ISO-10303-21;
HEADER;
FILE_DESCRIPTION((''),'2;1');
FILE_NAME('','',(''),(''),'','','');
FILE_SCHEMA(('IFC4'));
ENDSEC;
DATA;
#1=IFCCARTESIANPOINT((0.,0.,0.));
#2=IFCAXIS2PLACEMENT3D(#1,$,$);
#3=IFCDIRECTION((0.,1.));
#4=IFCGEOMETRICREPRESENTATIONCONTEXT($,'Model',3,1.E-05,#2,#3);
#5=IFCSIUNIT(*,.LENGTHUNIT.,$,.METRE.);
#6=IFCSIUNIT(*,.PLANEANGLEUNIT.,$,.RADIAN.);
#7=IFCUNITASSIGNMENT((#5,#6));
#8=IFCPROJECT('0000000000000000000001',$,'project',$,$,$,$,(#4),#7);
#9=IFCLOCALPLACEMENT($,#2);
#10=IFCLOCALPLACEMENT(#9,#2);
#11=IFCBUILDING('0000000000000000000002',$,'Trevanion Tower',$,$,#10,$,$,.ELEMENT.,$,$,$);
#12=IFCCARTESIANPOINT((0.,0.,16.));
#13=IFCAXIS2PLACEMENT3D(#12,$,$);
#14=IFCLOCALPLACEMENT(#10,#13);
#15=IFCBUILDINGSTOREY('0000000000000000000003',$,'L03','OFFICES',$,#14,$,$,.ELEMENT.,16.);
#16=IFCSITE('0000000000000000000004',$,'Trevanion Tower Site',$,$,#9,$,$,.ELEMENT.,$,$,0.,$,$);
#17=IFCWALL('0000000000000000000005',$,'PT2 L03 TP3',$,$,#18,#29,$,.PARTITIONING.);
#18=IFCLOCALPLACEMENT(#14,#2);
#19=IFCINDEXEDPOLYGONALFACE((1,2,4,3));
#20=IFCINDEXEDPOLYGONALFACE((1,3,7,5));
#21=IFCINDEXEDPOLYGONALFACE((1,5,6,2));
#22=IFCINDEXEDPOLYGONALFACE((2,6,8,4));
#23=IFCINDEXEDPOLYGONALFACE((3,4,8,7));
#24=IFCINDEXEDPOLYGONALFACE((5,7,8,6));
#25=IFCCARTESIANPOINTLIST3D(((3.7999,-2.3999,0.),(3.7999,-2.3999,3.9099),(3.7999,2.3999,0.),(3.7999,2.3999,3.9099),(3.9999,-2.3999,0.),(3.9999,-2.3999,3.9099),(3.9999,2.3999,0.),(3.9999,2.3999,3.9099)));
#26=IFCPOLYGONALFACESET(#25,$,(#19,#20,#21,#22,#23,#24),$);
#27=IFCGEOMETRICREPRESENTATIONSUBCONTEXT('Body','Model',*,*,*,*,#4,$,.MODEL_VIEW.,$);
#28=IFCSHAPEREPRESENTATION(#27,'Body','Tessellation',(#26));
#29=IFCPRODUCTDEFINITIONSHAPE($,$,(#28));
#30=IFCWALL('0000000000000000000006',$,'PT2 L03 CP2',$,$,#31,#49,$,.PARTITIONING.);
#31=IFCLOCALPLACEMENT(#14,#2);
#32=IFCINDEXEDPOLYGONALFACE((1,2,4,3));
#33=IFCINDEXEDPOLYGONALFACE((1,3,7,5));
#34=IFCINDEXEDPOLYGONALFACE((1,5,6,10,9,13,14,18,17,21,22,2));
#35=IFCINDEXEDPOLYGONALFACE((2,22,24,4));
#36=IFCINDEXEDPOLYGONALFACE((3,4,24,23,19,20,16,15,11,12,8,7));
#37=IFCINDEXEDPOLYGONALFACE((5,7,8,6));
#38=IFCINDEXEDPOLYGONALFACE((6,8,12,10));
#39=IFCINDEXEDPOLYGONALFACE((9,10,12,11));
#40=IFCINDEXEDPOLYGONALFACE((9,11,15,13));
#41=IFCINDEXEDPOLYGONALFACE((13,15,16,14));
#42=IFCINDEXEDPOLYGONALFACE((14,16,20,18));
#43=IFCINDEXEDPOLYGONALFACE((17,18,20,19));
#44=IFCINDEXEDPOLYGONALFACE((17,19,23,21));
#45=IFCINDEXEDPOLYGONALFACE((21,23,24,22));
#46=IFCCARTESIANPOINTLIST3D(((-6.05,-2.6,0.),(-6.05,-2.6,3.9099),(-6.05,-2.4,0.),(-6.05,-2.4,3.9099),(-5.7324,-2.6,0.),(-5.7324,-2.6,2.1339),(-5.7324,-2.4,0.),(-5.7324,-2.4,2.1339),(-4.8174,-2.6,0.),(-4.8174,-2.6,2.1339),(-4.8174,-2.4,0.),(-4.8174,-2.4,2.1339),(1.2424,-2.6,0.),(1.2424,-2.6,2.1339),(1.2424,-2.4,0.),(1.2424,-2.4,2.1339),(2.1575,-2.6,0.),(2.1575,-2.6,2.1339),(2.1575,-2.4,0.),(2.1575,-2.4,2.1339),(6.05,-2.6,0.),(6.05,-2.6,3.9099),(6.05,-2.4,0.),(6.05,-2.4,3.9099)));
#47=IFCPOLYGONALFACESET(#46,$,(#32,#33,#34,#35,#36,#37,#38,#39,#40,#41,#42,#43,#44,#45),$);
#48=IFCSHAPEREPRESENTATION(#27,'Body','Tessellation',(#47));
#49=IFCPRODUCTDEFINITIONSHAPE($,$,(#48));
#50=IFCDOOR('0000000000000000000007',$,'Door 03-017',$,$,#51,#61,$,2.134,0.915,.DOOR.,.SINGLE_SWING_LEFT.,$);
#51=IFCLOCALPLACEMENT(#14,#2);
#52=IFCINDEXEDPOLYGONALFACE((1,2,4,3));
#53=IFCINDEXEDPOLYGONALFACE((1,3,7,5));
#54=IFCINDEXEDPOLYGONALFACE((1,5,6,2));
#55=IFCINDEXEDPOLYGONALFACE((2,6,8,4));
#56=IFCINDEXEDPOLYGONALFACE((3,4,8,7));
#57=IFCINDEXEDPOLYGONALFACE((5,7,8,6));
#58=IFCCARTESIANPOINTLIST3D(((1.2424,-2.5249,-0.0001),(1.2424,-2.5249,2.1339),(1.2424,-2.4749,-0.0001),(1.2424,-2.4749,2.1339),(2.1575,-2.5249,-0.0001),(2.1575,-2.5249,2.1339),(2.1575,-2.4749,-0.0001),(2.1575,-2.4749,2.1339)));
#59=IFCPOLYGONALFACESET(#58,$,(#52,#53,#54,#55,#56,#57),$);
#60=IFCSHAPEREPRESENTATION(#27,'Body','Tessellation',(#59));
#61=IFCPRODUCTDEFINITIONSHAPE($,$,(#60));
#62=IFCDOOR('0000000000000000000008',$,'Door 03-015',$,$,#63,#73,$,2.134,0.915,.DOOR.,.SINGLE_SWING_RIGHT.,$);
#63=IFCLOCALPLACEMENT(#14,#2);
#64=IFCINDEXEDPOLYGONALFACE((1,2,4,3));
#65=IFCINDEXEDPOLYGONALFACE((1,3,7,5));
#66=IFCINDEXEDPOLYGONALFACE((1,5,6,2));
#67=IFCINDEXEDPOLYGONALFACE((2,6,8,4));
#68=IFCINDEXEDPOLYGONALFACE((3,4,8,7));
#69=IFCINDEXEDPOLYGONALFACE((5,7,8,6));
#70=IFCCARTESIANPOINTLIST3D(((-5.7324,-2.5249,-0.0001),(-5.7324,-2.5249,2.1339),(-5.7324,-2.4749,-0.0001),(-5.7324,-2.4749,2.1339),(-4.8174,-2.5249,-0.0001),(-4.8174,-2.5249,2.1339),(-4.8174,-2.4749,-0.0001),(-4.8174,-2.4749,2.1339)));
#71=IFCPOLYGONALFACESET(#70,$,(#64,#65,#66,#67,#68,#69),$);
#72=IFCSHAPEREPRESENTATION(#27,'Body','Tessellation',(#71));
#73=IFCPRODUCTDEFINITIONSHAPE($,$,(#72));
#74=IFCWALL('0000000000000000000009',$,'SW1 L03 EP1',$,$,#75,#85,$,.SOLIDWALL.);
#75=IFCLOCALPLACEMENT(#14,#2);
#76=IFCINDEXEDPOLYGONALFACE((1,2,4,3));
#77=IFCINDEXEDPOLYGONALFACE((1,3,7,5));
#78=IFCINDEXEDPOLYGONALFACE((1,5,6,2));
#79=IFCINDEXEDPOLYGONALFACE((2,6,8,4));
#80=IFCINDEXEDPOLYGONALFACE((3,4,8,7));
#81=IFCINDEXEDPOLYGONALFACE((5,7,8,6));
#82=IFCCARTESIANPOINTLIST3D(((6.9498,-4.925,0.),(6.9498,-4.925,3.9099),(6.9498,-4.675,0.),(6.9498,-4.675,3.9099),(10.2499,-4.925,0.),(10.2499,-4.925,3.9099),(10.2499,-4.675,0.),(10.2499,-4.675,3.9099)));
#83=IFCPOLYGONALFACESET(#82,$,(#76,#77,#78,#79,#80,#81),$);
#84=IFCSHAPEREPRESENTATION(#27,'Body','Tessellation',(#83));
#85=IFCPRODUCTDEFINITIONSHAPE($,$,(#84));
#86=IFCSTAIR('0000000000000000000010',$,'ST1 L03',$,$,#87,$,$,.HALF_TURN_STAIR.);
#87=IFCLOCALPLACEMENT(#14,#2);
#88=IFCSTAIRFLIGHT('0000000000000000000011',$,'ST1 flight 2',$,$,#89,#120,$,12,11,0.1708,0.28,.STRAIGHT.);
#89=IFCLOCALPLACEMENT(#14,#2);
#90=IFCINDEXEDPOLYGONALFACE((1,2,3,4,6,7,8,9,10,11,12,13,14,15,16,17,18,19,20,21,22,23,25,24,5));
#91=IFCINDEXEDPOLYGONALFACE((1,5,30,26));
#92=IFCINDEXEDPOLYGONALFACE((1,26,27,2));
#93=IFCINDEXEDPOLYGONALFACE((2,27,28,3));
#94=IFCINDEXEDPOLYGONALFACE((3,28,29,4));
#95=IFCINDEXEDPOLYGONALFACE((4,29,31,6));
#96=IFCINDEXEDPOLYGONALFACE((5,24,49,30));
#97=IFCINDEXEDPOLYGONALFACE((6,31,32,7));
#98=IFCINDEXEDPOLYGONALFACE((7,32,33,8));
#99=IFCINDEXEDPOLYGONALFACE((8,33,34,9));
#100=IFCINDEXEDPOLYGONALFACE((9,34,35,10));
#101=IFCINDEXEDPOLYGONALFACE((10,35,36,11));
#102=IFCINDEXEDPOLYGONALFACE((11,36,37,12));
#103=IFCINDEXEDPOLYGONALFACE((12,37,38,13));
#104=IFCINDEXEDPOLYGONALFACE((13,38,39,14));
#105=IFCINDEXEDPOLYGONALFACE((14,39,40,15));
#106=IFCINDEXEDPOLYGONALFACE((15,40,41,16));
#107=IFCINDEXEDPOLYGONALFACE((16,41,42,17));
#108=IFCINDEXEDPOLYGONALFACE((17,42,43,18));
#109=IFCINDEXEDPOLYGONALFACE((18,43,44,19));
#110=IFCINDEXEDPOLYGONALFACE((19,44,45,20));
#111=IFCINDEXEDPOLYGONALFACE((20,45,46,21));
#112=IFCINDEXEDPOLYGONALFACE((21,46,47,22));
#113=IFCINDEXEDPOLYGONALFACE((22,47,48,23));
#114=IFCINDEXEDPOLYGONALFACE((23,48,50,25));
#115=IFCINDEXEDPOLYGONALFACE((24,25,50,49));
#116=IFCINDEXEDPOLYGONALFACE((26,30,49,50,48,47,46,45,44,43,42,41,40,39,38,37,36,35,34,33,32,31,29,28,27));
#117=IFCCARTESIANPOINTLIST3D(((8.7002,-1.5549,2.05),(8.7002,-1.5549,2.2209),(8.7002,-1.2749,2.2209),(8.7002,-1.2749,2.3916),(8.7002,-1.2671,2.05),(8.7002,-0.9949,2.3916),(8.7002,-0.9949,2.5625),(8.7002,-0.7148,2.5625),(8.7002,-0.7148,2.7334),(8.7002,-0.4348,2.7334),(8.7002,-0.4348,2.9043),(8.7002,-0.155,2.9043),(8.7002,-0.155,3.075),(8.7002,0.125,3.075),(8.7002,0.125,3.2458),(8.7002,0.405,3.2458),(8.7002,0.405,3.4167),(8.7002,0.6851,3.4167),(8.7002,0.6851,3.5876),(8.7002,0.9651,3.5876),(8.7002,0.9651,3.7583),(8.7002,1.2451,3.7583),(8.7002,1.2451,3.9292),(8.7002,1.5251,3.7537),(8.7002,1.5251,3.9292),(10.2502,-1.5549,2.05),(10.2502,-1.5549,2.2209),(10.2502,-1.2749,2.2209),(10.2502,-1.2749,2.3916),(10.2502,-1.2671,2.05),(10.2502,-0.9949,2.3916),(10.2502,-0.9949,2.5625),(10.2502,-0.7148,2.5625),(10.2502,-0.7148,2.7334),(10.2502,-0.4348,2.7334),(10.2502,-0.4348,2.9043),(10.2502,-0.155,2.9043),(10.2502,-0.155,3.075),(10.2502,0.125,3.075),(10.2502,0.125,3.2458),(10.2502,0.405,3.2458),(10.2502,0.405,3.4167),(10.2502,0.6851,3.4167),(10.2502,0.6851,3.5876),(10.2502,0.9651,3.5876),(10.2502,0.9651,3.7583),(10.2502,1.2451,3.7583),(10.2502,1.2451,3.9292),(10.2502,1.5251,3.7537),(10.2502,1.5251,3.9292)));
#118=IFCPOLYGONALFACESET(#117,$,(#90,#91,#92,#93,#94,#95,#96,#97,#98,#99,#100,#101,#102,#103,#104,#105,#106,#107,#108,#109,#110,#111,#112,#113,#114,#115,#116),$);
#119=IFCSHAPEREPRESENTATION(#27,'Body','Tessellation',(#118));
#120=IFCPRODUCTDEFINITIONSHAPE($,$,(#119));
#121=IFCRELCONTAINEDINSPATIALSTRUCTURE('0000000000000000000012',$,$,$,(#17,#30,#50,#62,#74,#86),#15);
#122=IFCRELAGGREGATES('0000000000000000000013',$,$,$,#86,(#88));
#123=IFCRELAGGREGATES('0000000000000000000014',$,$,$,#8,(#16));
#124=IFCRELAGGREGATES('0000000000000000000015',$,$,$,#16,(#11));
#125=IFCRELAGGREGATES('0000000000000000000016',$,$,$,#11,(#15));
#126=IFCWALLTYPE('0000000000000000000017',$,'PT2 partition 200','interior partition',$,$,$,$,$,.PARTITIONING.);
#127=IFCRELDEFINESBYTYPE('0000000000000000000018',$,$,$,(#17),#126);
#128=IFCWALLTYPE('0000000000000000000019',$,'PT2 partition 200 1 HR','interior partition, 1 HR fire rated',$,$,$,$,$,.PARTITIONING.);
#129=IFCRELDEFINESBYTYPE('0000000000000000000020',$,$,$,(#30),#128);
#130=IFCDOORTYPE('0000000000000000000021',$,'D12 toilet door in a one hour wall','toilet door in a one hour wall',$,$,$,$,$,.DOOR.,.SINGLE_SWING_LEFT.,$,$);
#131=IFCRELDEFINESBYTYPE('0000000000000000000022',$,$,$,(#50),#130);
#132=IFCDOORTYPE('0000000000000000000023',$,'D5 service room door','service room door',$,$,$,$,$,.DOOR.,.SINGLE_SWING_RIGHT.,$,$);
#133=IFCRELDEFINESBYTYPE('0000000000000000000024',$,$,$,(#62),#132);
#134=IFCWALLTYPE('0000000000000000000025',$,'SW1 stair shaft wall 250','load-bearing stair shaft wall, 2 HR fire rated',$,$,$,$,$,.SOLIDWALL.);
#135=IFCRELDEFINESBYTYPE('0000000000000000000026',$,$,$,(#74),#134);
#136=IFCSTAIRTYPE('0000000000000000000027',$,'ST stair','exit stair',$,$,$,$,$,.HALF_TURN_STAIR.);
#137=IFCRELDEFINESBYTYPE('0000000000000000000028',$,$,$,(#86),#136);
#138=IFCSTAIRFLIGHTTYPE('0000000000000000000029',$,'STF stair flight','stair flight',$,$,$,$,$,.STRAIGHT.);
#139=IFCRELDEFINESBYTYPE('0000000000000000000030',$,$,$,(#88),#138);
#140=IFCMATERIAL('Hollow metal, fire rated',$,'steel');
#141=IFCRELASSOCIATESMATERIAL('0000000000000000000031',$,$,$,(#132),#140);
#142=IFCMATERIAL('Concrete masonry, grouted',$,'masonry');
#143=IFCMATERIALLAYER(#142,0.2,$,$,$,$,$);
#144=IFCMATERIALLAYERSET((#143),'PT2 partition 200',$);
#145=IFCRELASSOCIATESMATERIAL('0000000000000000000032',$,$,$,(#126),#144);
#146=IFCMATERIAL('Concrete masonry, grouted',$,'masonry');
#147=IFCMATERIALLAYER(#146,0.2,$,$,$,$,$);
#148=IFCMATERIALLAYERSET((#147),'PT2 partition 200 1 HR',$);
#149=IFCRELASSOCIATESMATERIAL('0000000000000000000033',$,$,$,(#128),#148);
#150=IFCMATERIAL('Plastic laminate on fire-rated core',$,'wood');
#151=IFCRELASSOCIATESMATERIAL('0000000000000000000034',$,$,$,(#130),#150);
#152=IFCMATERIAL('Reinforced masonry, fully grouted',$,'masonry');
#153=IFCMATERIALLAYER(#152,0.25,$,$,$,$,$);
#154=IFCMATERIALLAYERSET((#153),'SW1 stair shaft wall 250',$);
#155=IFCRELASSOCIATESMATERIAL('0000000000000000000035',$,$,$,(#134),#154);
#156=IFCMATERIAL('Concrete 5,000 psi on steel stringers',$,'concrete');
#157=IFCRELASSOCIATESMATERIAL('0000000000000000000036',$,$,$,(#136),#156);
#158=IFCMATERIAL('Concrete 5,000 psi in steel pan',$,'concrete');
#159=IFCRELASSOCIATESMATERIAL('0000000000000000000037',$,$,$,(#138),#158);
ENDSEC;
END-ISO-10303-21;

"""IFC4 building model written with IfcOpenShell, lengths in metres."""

from ifc_helpers import new_model, si_unit, direction, frame, frame_2d, origin, place, context, subcontext, project, spatial, polyline, rectangle, outline, extrude, material, layer, layer_set, type_object, element, fill, aggregate, save


model = new_model("IFC4")

# Units and contexts
model_context = context("Model", 3, precision=1e-05, world=origin(), true_north=direction((0.0, 1.0)))
body_context = subcontext(model_context, "Body", "Model", "MODEL_VIEW")
ifc_project = project(units=[si_unit("LENGTHUNIT", "METRE"), si_unit("PLANEANGLEUNIT", "RADIAN")], contexts=[model_context])

# Site, building, storey
site_placement = place(None, origin())
site = spatial("IfcSite", under=ifc_project, at=site_placement, Name="Trevanion Tower Site", CompositionType="ELEMENT", RefElevation=0.0)
building_placement = place(site_placement, origin())
building = spatial("IfcBuilding", under=site, at=building_placement, Name="Trevanion Tower", CompositionType="ELEMENT")
storey_placement = place(building_placement, frame((0.0, 0.0, 16.0)))
storey = spatial("IfcBuildingStorey", under=building, at=storey_placement, Name="L03", Description="OFFICES", CompositionType="ELEMENT", Elevation=16.0)

# Shared definitions
ifc_material_1 = material(Name="Hollow metal, fire rated", Category="steel")
door_type_1 = type_object("IfcDoorType", Name="D5 service room door", Description="service room door", OperationType="SINGLE_SWING_RIGHT", PredefinedType="DOOR", material=ifc_material_1)

# Wall
ifc_material_2 = material(Name="Concrete masonry, grouted", Category="masonry")
ifc_layer_1 = layer(ifc_material_2, 0.2)
ifc_layer_set_1 = layer_set([ifc_layer_1], Name="PT2 partition 200")
wall_type_1 = type_object("IfcWallType", Name="PT2 partition 200", Description="interior partition", PredefinedType="PARTITIONING", material=ifc_layer_set_1)
wall_1_placement = place(storey_placement, frame((3.8999, -2.3999, 0.0), z_axis=(0.0, 0.0, 1.0), x_axis=(0.0, 1.0, 0.0)))
element("IfcWall", 1, at=wall_1_placement, inside=storey, type_object=wall_type_1, Name="PT2 L03 TP3", PredefinedType="PARTITIONING", context=body_context, shape_type="SweptSolid", body=[
    extrude(rectangle(XDim=4.7998, YDim=0.2, at=frame_2d((2.3999, 0.0))), origin(), (0.0, 0.0, 1.0), 3.9099),
])

# Wall, openings, doors
ifc_material_3 = material(Name="Concrete masonry, grouted", Category="masonry")
ifc_layer_2 = layer(ifc_material_3, 0.2)
ifc_layer_set_2 = layer_set([ifc_layer_2], Name="PT2 partition 200 1 HR")
wall_type_2 = type_object("IfcWallType", Name="PT2 partition 200 1 HR", Description="interior partition, 1 HR fire rated", PredefinedType="PARTITIONING", material=ifc_layer_set_2)
wall_2_placement = place(storey_placement, frame((6.05, -2.5, 0.0), z_axis=(0.0, 0.0, 1.0), x_axis=(-1.0, 0.0, 0.0)))
wall_2 = element("IfcWall", 2, at=wall_2_placement, inside=storey, type_object=wall_type_2, Name="PT2 L03 CP2", PredefinedType="PARTITIONING", context=body_context, shape_type="SweptSolid", body=[
    extrude(rectangle(XDim=12.1001, YDim=0.2, at=frame_2d((6.05, 0.0))), origin(), (0.0, 0.0, 1.0), 3.9099),
])
opening_1_placement = place(wall_2_placement, frame((10.8674, 0.0, 0.0)))
opening_1 = element("IfcOpeningElement", 3, at=opening_1_placement, cuts=wall_2, PredefinedType="OPENING", context=body_context, shape_type="SweptSolid", body=[
    extrude(rectangle(XDim=0.915, YDim=2.134, at=frame_2d((0.4575, 1.0669))), frame((0.0, 0.1099, 0.0), z_axis=(0.0, -1.0, 0.0), x_axis=(1.0, 0.0, 0.0)), (0.0, 0.0, 1.0), 0.22),
])
opening_2_placement = place(wall_2_placement, frame((3.8926, 0.0, 0.0)))
opening_2 = element("IfcOpeningElement", 4, at=opening_2_placement, cuts=wall_2, PredefinedType="OPENING", context=body_context, shape_type="SweptSolid", body=[
    extrude(rectangle(XDim=0.915, YDim=2.134, at=frame_2d((0.4575, 1.0669))), frame((0.0, 0.1099, 0.0), z_axis=(0.0, -1.0, 0.0), x_axis=(1.0, 0.0, 0.0)), (0.0, 0.0, 1.0), 0.22),
])
ifc_material_4 = material(Name="Plastic laminate on fire-rated core", Category="wood")
door_type_2 = type_object("IfcDoorType", Name="D12 toilet door in a one hour wall", Description="toilet door in a one hour wall", OperationType="SINGLE_SWING_LEFT", PredefinedType="DOOR", material=ifc_material_4)
door_1_placement = place(opening_2_placement, origin())
door_1 = element("IfcDoor", 5, at=door_1_placement, inside=storey, type_object=door_type_2, Name="Door 03-017", OperationType="SINGLE_SWING_LEFT", OverallHeight=2.134, OverallWidth=0.915, PredefinedType="DOOR", context=body_context, shape_type="SweptSolid", body=[
    extrude(rectangle(XDim=0.915, YDim=2.134, at=frame_2d((0.4575, 1.0669))), frame((0.0, 0.0249, 0.0), z_axis=(0.0, -1.0, 0.0), x_axis=(1.0, 0.0, 0.0)), (0.0, 0.0, 1.0), 0.05),
])
fill(opening_2, door_1)
door_2_placement = place(opening_1_placement, origin())
door_2 = element("IfcDoor", 6, at=door_2_placement, inside=storey, type_object=door_type_1, Name="Door 03-015", OperationType="SINGLE_SWING_RIGHT", OverallHeight=2.134, OverallWidth=0.915, PredefinedType="DOOR", context=body_context, shape_type="SweptSolid", body=[
    extrude(rectangle(XDim=0.915, YDim=2.134, at=frame_2d((0.4575, 1.0669))), frame((0.0, 0.0249, 0.0), z_axis=(0.0, -1.0, 0.0), x_axis=(1.0, 0.0, 0.0)), (0.0, 0.0, 1.0), 0.05),
])
fill(opening_1, door_2)

# Wall
ifc_material_5 = material(Name="Reinforced masonry, fully grouted", Category="masonry")
ifc_layer_3 = layer(ifc_material_5, 0.25)
ifc_layer_set_3 = layer_set([ifc_layer_3], Name="SW1 stair shaft wall 250")
wall_type_3 = type_object("IfcWallType", Name="SW1 stair shaft wall 250", Description="load-bearing stair shaft wall, 2 HR fire rated", PredefinedType="SOLIDWALL", material=ifc_layer_set_3)
wall_3_placement = place(storey_placement, frame((6.95, -4.8, 0.0), z_axis=(0.0, 0.0, 1.0), x_axis=(1.0, 0.0, 0.0)))
element("IfcWall", 7, at=wall_3_placement, inside=storey, type_object=wall_type_3, Name="SW1 L03 EP1", PredefinedType="SOLIDWALL", context=body_context, shape_type="SweptSolid", body=[
    extrude(rectangle(XDim=3.3, YDim=0.25, at=frame_2d((1.6499, 0.0))), origin(), (0.0, 0.0, 1.0), 3.9099),
])

# Stair, stair flight
ifc_material_6 = material(Name="Concrete 5,000 psi on steel stringers", Category="concrete")
stair_type = type_object("IfcStairType", Name="ST stair", Description="exit stair", PredefinedType="HALF_TURN_STAIR", material=ifc_material_6)
stair_placement = place(storey_placement, origin())
stair = element("IfcStair", 8, at=stair_placement, inside=storey, type_object=stair_type, Name="ST1 L03", PredefinedType="HALF_TURN_STAIR")
ifc_material_7 = material(Name="Concrete 5,000 psi in steel pan", Category="concrete")
stair_flight_type = type_object("IfcStairFlightType", Name="STF stair flight", Description="stair flight", PredefinedType="STRAIGHT", material=ifc_material_7)
stair_flight_placement = place(storey_placement, frame((9.4751, -1.5549, 2.05), z_axis=(0.0, 0.0, 1.0), x_axis=(0.0, 1.0, 0.0)))
stair_flight = element("IfcStairFlight", 9, at=stair_flight_placement, type_object=stair_flight_type, Name="ST1 flight 2", NumberOfRisers=12, NumberOfTreads=11, PredefinedType="STRAIGHT", RiserHeight=0.1708, TreadLength=0.28, context=body_context, shape_type="SweptSolid", body=[
    extrude(outline(polyline([(0.0, 0.0), (0.0, 0.1709), (0.28, 0.1709), (0.28, 0.3416), (0.5601, 0.3416), (0.5601, 0.5125), (0.8401, 0.5125), (0.8401, 0.6833), (1.1201, 0.6833), (1.1201, 0.8542), (1.3999, 0.8542), (1.3999, 1.0249), (1.6799, 1.0249), (1.6799, 1.1958), (1.96, 1.1958), (1.96, 1.3667), (2.24, 1.3667), (2.24, 1.5376), (2.52, 1.5376), (2.52, 1.7083), (2.8, 1.7083), (2.8, 1.8792), (3.0801, 1.8792), (3.0801, 2.05), (3.0801, 1.7036), (0.2878, 0.0), (0.0, 0.0)])), frame((0.0, 0.7749, 0.0), z_axis=(0.0, -1.0, 0.0), x_axis=(1.0, 0.0, 0.0)), (0.0, 0.0, 1.0), 1.55),
])
aggregate(stair, [stair_flight])

save(model, "model.ifc")
